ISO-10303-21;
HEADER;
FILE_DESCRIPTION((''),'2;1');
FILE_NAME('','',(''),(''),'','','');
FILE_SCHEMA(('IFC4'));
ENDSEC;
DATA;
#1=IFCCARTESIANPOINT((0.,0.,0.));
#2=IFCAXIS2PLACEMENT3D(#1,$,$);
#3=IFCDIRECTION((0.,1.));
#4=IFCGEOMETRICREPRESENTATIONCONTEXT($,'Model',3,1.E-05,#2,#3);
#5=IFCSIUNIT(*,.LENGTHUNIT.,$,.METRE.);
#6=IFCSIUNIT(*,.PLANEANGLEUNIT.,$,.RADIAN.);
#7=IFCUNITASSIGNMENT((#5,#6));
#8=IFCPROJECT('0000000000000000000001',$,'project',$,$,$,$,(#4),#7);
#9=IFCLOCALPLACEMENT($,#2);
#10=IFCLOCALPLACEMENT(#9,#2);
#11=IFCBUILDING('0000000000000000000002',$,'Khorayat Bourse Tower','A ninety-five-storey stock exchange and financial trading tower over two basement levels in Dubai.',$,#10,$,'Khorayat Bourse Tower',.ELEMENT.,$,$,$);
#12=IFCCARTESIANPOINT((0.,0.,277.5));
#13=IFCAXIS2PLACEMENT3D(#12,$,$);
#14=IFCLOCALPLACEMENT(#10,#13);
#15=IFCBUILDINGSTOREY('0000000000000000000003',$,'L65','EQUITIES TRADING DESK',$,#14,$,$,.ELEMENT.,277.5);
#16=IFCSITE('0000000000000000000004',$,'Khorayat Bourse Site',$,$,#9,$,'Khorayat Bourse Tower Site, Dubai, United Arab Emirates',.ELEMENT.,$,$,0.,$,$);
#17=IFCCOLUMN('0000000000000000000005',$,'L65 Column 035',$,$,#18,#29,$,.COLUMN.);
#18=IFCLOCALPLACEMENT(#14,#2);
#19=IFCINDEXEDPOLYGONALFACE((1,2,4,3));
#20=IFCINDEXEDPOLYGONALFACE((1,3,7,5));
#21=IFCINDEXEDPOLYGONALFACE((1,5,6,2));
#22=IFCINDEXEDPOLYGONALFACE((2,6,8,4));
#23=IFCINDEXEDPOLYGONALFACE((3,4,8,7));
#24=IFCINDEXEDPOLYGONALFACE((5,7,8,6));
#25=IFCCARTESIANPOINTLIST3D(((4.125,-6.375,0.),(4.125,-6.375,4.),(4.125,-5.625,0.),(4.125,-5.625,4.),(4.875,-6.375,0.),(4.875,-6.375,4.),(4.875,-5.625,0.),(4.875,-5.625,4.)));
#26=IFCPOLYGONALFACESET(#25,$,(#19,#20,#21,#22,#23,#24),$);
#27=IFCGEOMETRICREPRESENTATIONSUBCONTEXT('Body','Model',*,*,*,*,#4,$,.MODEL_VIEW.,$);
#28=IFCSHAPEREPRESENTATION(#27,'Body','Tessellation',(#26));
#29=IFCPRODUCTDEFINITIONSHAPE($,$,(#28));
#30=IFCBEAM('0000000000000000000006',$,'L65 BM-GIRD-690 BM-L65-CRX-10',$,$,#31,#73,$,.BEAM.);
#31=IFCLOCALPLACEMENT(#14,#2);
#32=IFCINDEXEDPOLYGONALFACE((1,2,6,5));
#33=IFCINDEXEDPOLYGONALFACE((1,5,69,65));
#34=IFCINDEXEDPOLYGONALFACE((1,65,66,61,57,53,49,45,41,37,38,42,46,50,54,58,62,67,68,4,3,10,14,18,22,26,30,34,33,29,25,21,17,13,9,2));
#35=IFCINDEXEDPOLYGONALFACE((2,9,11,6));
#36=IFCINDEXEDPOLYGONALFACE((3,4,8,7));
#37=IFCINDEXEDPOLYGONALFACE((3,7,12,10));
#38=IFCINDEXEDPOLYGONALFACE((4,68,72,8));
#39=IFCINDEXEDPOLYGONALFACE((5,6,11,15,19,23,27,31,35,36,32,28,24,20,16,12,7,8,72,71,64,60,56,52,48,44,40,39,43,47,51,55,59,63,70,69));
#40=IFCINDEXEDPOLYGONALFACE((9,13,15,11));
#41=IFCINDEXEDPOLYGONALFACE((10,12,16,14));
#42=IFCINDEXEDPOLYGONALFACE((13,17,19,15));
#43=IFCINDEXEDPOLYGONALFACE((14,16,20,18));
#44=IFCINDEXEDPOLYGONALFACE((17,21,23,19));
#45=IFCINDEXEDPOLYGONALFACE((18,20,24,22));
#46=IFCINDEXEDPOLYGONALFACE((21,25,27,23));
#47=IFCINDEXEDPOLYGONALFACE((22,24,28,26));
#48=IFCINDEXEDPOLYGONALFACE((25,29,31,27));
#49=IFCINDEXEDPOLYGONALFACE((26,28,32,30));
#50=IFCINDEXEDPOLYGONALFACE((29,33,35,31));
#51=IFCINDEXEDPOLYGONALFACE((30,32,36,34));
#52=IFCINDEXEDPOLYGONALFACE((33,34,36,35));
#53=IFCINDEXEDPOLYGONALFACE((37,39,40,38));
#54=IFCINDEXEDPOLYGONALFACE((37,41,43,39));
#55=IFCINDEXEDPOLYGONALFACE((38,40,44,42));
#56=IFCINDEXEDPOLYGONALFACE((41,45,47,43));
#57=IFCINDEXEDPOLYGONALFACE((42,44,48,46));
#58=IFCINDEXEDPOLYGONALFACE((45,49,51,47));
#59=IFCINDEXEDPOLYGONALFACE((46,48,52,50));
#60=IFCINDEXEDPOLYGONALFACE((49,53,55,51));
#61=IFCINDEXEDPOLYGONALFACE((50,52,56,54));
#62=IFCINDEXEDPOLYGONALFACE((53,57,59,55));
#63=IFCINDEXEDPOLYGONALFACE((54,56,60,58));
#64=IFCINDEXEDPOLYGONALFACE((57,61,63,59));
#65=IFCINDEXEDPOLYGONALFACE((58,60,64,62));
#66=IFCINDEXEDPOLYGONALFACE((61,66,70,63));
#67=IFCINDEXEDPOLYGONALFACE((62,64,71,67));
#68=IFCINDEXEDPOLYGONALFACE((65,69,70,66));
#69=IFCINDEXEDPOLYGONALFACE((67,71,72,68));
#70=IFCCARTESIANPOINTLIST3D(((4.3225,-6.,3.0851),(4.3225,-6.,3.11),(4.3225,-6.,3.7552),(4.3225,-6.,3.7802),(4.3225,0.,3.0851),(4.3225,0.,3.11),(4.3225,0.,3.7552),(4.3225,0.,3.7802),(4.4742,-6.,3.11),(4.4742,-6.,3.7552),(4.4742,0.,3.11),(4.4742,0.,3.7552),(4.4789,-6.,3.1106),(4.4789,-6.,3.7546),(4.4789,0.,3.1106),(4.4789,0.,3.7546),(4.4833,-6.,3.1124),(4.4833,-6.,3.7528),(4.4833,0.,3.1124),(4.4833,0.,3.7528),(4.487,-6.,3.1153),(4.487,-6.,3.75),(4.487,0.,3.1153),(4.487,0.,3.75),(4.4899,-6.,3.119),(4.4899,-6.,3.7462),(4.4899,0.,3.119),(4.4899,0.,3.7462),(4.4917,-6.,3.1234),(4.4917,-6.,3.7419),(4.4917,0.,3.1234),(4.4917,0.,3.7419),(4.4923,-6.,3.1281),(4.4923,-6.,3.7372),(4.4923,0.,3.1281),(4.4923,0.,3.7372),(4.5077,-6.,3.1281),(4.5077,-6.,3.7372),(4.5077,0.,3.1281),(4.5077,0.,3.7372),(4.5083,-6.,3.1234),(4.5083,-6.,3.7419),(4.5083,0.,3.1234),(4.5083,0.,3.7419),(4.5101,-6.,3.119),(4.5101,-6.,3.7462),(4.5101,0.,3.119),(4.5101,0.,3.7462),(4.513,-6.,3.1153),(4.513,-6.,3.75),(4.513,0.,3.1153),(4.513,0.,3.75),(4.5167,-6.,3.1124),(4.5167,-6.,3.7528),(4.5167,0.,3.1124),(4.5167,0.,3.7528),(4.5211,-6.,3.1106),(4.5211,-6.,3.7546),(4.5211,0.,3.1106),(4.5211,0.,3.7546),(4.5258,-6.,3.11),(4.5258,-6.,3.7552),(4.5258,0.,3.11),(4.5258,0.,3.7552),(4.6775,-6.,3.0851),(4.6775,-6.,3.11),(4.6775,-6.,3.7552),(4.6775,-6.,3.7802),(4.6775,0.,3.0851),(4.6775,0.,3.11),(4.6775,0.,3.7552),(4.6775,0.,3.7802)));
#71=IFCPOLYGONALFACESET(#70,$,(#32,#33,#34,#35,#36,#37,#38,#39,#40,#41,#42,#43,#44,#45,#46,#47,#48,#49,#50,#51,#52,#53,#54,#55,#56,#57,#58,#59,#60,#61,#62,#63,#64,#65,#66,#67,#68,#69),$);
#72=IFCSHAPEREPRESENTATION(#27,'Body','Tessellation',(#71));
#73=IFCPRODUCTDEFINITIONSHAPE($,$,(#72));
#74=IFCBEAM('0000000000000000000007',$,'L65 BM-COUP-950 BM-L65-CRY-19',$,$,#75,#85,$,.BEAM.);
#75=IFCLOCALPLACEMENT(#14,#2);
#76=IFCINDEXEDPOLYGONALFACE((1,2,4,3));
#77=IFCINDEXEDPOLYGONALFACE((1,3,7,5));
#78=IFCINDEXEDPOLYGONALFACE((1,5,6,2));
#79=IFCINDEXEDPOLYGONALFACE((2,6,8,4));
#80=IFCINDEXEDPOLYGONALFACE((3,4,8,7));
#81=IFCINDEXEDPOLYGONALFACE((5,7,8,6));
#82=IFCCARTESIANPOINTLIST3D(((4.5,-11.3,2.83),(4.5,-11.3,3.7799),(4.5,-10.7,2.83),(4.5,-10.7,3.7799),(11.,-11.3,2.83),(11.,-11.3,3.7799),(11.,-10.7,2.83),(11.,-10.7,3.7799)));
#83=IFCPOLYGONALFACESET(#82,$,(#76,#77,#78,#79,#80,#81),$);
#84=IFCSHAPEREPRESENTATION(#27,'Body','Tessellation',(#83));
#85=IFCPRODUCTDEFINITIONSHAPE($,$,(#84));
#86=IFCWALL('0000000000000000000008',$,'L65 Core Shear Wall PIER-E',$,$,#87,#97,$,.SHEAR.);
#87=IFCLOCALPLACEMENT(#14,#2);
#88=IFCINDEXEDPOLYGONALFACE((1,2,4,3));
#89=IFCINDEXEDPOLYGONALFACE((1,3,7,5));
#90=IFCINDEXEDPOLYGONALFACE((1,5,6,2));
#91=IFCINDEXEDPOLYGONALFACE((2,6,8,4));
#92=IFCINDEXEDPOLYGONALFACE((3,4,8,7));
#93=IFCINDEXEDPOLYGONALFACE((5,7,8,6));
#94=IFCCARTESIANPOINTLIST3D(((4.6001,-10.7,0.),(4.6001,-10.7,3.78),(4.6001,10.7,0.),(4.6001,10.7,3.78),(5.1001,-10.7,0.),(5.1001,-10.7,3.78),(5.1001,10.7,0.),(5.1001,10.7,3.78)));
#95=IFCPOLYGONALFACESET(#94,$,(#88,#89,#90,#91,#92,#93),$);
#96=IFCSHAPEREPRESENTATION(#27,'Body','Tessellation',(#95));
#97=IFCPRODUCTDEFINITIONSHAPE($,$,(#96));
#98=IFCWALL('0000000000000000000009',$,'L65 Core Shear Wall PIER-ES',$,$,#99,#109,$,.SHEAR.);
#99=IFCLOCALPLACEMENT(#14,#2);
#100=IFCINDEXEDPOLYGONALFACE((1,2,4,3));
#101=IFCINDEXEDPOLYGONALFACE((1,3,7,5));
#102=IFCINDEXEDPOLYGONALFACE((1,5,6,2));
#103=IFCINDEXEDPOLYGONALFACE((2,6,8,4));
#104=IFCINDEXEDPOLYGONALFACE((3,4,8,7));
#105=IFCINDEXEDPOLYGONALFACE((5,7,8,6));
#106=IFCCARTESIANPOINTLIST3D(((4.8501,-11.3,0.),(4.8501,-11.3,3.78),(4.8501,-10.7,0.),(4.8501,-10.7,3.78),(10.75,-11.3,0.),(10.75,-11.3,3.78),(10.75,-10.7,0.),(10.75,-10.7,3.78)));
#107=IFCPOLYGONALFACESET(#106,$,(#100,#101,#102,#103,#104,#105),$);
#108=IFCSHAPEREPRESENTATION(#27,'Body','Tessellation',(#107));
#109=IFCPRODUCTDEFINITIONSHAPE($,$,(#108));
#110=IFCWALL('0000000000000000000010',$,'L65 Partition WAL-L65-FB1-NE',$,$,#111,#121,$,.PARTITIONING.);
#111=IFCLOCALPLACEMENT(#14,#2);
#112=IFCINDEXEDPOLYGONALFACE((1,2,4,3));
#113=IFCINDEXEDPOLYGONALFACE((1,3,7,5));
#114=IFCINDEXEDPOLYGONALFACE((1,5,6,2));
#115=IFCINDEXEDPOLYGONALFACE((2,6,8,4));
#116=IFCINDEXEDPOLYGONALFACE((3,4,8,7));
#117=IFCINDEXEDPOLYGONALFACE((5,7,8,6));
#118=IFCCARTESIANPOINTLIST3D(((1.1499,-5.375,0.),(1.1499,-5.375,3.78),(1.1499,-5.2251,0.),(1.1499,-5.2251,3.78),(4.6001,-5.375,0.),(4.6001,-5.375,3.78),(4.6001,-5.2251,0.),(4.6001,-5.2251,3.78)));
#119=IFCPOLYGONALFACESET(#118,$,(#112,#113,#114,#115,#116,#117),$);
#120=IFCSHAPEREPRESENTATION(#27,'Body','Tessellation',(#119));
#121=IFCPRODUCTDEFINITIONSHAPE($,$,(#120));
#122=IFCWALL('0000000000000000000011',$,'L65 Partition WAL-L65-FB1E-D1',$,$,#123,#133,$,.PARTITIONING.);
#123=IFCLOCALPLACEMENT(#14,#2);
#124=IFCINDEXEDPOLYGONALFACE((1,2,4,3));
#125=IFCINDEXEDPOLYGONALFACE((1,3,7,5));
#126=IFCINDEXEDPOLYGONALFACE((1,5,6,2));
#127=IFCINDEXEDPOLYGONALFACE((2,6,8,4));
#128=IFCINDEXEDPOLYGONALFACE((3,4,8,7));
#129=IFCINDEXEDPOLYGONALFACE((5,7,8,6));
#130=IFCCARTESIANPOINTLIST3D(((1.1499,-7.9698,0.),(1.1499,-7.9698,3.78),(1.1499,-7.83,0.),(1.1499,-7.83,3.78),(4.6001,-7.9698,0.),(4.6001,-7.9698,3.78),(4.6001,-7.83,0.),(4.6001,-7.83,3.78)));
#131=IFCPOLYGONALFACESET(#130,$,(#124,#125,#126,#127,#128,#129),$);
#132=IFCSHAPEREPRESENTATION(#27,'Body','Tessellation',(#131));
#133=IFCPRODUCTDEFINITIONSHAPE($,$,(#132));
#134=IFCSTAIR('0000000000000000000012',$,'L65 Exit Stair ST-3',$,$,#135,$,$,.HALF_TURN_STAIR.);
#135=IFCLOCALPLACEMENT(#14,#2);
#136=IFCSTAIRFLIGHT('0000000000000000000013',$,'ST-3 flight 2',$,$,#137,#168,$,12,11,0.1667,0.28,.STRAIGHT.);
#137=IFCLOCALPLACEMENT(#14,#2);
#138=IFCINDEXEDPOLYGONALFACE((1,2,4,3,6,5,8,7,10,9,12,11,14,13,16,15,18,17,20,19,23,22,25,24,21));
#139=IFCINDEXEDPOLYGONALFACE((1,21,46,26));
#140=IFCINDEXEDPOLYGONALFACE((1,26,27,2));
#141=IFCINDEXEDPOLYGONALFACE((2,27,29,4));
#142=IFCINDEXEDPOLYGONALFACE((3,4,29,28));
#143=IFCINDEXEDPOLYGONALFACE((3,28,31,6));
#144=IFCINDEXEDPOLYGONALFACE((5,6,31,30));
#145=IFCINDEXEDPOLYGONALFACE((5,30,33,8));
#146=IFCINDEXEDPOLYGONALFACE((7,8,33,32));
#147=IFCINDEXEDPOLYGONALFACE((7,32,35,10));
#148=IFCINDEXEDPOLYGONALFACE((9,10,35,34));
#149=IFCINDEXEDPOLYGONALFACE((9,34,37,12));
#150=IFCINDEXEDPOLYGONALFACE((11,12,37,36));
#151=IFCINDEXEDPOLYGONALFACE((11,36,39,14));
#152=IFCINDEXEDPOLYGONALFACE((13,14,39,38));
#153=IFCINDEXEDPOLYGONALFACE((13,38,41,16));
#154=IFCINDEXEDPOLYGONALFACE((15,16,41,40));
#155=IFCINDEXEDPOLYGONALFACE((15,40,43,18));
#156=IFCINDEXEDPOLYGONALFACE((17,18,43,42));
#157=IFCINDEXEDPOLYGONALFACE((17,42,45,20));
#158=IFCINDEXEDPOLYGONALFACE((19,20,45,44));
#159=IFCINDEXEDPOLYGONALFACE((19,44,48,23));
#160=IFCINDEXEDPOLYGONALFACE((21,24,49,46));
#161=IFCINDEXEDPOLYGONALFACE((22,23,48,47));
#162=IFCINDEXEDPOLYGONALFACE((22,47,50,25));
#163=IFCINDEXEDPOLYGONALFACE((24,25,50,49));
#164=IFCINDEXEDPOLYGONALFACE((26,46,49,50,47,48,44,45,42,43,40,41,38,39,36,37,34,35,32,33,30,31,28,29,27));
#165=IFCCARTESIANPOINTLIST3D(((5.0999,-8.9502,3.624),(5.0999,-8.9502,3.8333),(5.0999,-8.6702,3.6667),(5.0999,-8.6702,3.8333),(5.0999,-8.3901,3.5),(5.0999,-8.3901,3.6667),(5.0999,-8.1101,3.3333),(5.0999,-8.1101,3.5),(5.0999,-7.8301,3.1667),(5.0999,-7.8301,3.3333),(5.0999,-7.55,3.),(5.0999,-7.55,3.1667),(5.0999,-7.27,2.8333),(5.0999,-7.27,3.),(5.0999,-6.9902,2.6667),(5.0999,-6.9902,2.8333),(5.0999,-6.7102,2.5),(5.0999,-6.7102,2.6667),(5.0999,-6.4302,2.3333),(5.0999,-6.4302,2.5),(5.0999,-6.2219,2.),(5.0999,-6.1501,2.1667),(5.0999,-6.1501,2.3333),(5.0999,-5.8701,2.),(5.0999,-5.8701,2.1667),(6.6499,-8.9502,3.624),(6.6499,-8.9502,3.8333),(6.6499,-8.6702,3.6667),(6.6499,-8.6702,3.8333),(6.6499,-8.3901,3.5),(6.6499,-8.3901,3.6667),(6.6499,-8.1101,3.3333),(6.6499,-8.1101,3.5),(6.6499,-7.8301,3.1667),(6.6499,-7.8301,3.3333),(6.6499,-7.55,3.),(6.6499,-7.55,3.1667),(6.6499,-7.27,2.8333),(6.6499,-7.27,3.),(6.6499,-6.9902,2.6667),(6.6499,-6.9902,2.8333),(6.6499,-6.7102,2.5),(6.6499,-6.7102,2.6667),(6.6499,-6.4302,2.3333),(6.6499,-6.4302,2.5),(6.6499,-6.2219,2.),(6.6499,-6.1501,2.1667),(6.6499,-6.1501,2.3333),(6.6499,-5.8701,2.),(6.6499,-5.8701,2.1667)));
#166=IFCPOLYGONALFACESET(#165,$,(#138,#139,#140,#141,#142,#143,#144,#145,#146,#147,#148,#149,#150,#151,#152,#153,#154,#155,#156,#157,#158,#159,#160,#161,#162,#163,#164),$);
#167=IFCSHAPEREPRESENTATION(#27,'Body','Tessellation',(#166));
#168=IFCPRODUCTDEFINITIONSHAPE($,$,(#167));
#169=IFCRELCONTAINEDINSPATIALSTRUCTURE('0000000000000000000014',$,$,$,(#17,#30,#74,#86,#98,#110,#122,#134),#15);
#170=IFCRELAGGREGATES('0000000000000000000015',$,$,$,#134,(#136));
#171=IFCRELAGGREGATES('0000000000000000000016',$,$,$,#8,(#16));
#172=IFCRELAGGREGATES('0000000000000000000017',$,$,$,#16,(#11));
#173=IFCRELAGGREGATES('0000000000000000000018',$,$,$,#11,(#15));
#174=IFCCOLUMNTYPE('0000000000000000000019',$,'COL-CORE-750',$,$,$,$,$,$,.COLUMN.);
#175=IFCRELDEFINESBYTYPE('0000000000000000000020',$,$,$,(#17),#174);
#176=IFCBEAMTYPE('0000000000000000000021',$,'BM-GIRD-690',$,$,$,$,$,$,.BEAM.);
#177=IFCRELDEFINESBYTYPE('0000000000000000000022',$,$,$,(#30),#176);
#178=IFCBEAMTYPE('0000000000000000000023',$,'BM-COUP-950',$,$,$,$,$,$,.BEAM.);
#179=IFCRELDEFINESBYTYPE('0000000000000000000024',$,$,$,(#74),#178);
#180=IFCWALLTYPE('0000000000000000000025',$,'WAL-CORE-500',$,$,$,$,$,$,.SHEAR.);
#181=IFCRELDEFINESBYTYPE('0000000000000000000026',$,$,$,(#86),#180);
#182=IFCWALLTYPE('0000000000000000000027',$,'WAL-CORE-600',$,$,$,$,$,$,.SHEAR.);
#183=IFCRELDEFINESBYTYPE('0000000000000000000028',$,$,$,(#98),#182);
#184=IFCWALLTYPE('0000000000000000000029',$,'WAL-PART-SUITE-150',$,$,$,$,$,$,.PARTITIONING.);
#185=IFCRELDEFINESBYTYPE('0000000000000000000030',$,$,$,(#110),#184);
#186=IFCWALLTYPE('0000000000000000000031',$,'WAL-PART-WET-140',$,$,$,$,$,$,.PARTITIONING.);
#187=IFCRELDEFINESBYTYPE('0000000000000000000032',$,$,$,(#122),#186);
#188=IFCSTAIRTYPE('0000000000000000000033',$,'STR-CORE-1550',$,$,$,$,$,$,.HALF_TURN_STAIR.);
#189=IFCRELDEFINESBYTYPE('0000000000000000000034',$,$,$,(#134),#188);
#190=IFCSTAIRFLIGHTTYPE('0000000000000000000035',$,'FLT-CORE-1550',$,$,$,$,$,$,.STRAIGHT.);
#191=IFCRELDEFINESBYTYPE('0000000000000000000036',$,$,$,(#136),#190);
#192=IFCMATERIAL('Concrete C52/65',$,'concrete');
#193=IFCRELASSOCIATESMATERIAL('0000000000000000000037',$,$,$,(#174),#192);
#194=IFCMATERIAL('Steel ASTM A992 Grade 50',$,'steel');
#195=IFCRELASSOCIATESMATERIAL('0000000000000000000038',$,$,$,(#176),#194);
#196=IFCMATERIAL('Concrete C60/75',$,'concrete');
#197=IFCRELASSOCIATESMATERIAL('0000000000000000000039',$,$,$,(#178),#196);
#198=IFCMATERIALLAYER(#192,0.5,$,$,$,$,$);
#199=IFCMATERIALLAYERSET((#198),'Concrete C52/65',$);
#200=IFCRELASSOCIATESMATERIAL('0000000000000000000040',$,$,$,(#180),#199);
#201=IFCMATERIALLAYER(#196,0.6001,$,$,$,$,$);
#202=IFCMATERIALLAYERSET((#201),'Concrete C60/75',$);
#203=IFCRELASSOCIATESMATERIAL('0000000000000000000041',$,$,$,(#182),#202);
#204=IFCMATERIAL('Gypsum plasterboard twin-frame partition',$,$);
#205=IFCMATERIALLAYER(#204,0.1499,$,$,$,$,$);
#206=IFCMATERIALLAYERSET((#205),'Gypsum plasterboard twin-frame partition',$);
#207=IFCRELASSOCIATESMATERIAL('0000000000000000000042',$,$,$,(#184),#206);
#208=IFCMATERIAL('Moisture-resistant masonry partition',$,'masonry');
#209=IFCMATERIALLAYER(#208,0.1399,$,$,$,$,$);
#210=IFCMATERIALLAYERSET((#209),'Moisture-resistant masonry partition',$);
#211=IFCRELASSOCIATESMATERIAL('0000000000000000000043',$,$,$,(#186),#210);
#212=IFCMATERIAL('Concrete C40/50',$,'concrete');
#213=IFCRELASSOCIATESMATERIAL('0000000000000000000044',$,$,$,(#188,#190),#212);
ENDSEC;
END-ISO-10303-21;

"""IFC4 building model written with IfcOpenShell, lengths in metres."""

from ifc_helpers import new_model, si_unit, direction, frame, frame_2d, origin, origin_2d, place, context, subcontext, project, spatial, polyline, rectangle, i_section, outline, extrude, source, transform, mapped, material, layer, layer_set, material_profile, profile_set, type_object, element, aggregate, save


model = new_model("IFC4")

# Units and contexts
model_context = context("Model", 3, precision=1e-05, world=origin(), true_north=direction((0.0, 1.0)))
body_context = subcontext(model_context, "Body", "Model", "MODEL_VIEW")
ifc_project = project(units=[si_unit("LENGTHUNIT", "METRE"), si_unit("PLANEANGLEUNIT", "RADIAN")], contexts=[model_context])

# Site, building, storey
site_placement = place(None, origin())
site = spatial("IfcSite", under=ifc_project, at=site_placement, Name="Khorayat Bourse Site", LongName="Khorayat Bourse Tower Site, Dubai, United Arab Emirates", CompositionType="ELEMENT", RefElevation=0.0)
building_placement = place(site_placement, origin())
building = spatial("IfcBuilding", under=site, at=building_placement, Name="Khorayat Bourse Tower", Description="A ninety-five-storey stock exchange and financial trading tower over two basement levels in Dubai.", LongName="Khorayat Bourse Tower", CompositionType="ELEMENT")
storey_placement = place(building_placement, frame((0.0, 0.0, 277.5)))
storey = spatial("IfcBuildingStorey", under=building, at=storey_placement, Name="L65", Description="EQUITIES TRADING DESK", CompositionType="ELEMENT", Elevation=277.5)

# Column
ifc_material_1 = material(Name="Concrete C52/65", Category="concrete")
ifc_material_profile_1 = material_profile(ifc_material_1, rectangle(XDim=0.75, YDim=0.75, at=origin_2d()), Name="RC 750x750")
ifc_profile_set_1 = profile_set([ifc_material_profile_1], Name="Concrete C52/65")
column_type = type_object("IfcColumnType", Name="COL-CORE-750", PredefinedType="COLUMN", material=ifc_profile_set_1)
shared_shape_1 = source(origin(), body_context, "Body", "SweptSolid", [
    extrude(rectangle(XDim=0.75, YDim=0.75, at=origin_2d()), origin(), (0.0, 0.0, 1.0), 4.0),
])
column_placement = place(storey_placement, frame((4.5, -6.0, 0.0), z_axis=(0.0, 0.0, 1.0), x_axis=(1.0, 0.0, 0.0)))
element("IfcColumn", 1, at=column_placement, inside=storey, type_object=column_type, Name="L65 Column 035", PredefinedType="COLUMN", context=body_context, shape_type="MappedRepresentation", body=[
    mapped(shared_shape_1, transform((0.0, 0.0, 0.0), scale=1.0)),
])

# Beams
ifc_material_2 = material(Name="Steel ASTM A992 Grade 50", Category="steel")
ifc_material_profile_2 = material_profile(ifc_material_2, i_section(OverallWidth=0.355, OverallDepth=0.6951, WebThickness=0.0154, FlangeThickness=0.0249, FilletRadius=0.0181, at=origin_2d()), Name="W690X217")
ifc_profile_set_2 = profile_set([ifc_material_profile_2], Name="Steel ASTM A992 Grade 50")
beam_type_1 = type_object("IfcBeamType", Name="BM-GIRD-690", PredefinedType="BEAM", material=ifc_profile_set_2)
shared_shape_2 = source(origin(), body_context, "Body", "SweptSolid", [
    extrude(i_section(OverallWidth=0.355, OverallDepth=0.6951, WebThickness=0.0154, FlangeThickness=0.0249, FilletRadius=0.0181, at=origin_2d()), origin(), (0.0, 0.0, 1.0), 6.0),
])
beam_1_placement = place(storey_placement, frame((4.5, -6.0, 3.4326), z_axis=(0.0, 1.0, 0.0), x_axis=(-1.0, 0.0, 0.0)))
element("IfcBeam", 2, at=beam_1_placement, inside=storey, type_object=beam_type_1, Name="L65 BM-GIRD-690 BM-L65-CRX-10", PredefinedType="BEAM", context=body_context, shape_type="MappedRepresentation", body=[
    mapped(shared_shape_2, transform((0.0, 0.0, 0.0), scale=1.0)),
])
ifc_material_3 = material(Name="Concrete C60/75", Category="concrete")
ifc_material_profile_3 = material_profile(ifc_material_3, rectangle(XDim=0.6001, YDim=0.95, at=origin_2d()), Name="RC 600x950")
ifc_profile_set_3 = profile_set([ifc_material_profile_3], Name="Concrete C60/75")
beam_type_2 = type_object("IfcBeamType", Name="BM-COUP-950", PredefinedType="BEAM", material=ifc_profile_set_3)
shared_shape_3 = source(origin(), body_context, "Body", "SweptSolid", [
    extrude(rectangle(XDim=0.6001, YDim=0.95, at=origin_2d()), origin(), (0.0, 0.0, 1.0), 6.5),
])
beam_2_placement = place(storey_placement, frame((4.5, -11.0, 3.3049), z_axis=(1.0, 0.0, 0.0), x_axis=(0.0, 1.0, 0.0)))
element("IfcBeam", 3, at=beam_2_placement, inside=storey, type_object=beam_type_2, Name="L65 BM-COUP-950 BM-L65-CRY-19", PredefinedType="BEAM", context=body_context, shape_type="MappedRepresentation", body=[
    mapped(shared_shape_3, transform((0.0, 0.0, 0.0), scale=1.0)),
])

# Walls
ifc_layer_1 = layer(ifc_material_1, 0.5)
ifc_layer_set_1 = layer_set([ifc_layer_1], Name="Concrete C52/65")
wall_type_1 = type_object("IfcWallType", Name="WAL-CORE-500", PredefinedType="SHEAR", material=ifc_layer_set_1)
shared_shape_4 = source(origin(), body_context, "Body", "SweptSolid", [
    extrude(rectangle(XDim=21.3999, YDim=0.5, at=frame_2d((10.7, 0.0))), origin(), (0.0, 0.0, 1.0), 3.78),
])
wall_1_placement = place(storey_placement, frame((4.8501, -10.7, 0.0), z_axis=(0.0, 0.0, 1.0), x_axis=(0.0, 1.0, 0.0)))
element("IfcWall", 4, at=wall_1_placement, inside=storey, type_object=wall_type_1, Name="L65 Core Shear Wall PIER-E", PredefinedType="SHEAR", context=body_context, shape_type="MappedRepresentation", body=[
    mapped(shared_shape_4, transform((0.0, 0.0, 0.0), scale=1.0)),
])
ifc_layer_2 = layer(ifc_material_3, 0.6001)
ifc_layer_set_2 = layer_set([ifc_layer_2], Name="Concrete C60/75")
wall_type_2 = type_object("IfcWallType", Name="WAL-CORE-600", PredefinedType="SHEAR", material=ifc_layer_set_2)
shared_shape_5 = source(origin(), body_context, "Body", "SweptSolid", [
    extrude(rectangle(XDim=5.8999, YDim=0.6001, at=frame_2d((2.95, 0.0))), origin(), (0.0, 0.0, 1.0), 3.78),
])
wall_2_placement = place(storey_placement, frame((4.8501, -11.0, 0.0), z_axis=(0.0, 0.0, 1.0), x_axis=(1.0, 0.0, 0.0)))
element("IfcWall", 5, at=wall_2_placement, inside=storey, type_object=wall_type_2, Name="L65 Core Shear Wall PIER-ES", PredefinedType="SHEAR", context=body_context, shape_type="MappedRepresentation", body=[
    mapped(shared_shape_5, transform((0.0, 0.0, 0.0), scale=1.0)),
])
ifc_material_4 = material(Name="Gypsum plasterboard twin-frame partition")
ifc_layer_3 = layer(ifc_material_4, 0.1499)
ifc_layer_set_3 = layer_set([ifc_layer_3], Name="Gypsum plasterboard twin-frame partition")
wall_type_3 = type_object("IfcWallType", Name="WAL-PART-SUITE-150", PredefinedType="PARTITIONING", material=ifc_layer_set_3)
shared_shape_6 = source(origin(), body_context, "Body", "SweptSolid", [
    extrude(rectangle(XDim=3.4502, YDim=0.1499, at=frame_2d((1.7251, 0.0))), origin(), (0.0, 0.0, 1.0), 3.78),
])
wall_3_placement = place(storey_placement, frame((1.1499, -5.3, 0.0), z_axis=(0.0, 0.0, 1.0), x_axis=(1.0, 0.0, 0.0)))
element("IfcWall", 6, at=wall_3_placement, inside=storey, type_object=wall_type_3, Name="L65 Partition WAL-L65-FB1-NE", PredefinedType="PARTITIONING", context=body_context, shape_type="MappedRepresentation", body=[
    mapped(shared_shape_6, transform((0.0, 0.0, 0.0), scale=1.0)),
])

# Wall
ifc_material_5 = material(Name="Moisture-resistant masonry partition", Category="masonry")
ifc_layer_4 = layer(ifc_material_5, 0.1399)
ifc_layer_set_4 = layer_set([ifc_layer_4], Name="Moisture-resistant masonry partition")
wall_type_4 = type_object("IfcWallType", Name="WAL-PART-WET-140", PredefinedType="PARTITIONING", material=ifc_layer_set_4)
shared_shape_7 = source(origin(), body_context, "Body", "SweptSolid", [
    extrude(rectangle(XDim=3.4502, YDim=0.1399, at=frame_2d((1.7251, 0.0))), origin(), (0.0, 0.0, 1.0), 3.78),
])
wall_4_placement = place(storey_placement, frame((1.1499, -7.8999, 0.0), z_axis=(0.0, 0.0, 1.0), x_axis=(1.0, 0.0, 0.0)))
element("IfcWall", 7, at=wall_4_placement, inside=storey, type_object=wall_type_4, Name="L65 Partition WAL-L65-FB1E-D1", PredefinedType="PARTITIONING", context=body_context, shape_type="MappedRepresentation", body=[
    mapped(shared_shape_7, transform((0.0, 0.0, 0.0), scale=1.0)),
])

# Stair, stair flight
ifc_material_6 = material(Name="Concrete C40/50", Category="concrete")
stair_type = type_object("IfcStairType", Name="STR-CORE-1550", PredefinedType="HALF_TURN_STAIR", material=ifc_material_6)
stair_placement = place(storey_placement, origin())
stair = element("IfcStair", 8, at=stair_placement, inside=storey, type_object=stair_type, Name="L65 Exit Stair ST-3", PredefinedType="HALF_TURN_STAIR")
stair_flight_type = type_object("IfcStairFlightType", Name="FLT-CORE-1550", PredefinedType="STRAIGHT", material=ifc_material_6)
shared_shape_8 = source(origin(), body_context, "Body", "SweptSolid", [
    extrude(outline(polyline([(0.0, 0.0), (0.0, 0.1667), (0.28, 0.1667), (0.28, 0.3333), (0.5601, 0.3333), (0.5601, 0.5), (0.8401, 0.5), (0.8401, 0.6667), (1.1201, 0.6667), (1.1201, 0.8333), (1.3999, 0.8333), (1.3999, 1.0), (1.6799, 1.0), (1.6799, 1.1667), (1.96, 1.1667), (1.96, 1.3333), (2.24, 1.3333), (2.24, 1.5), (2.52, 1.5), (2.52, 1.6667), (2.8, 1.6667), (2.8, 1.8333), (3.0801, 1.8333), (3.0801, 2.0), (3.0801, 1.624), (0.3518, 0.0), (0.0, 0.0)])), frame((0.0, 0.7749, 0.0), z_axis=(0.0, -1.0, 0.0), x_axis=(1.0, 0.0, 0.0)), (0.0, 0.0, 1.0), 1.55),
])
stair_flight_placement = place(storey_placement, frame((5.875, -5.8701, 2.0), z_axis=(0.0, 0.0, 1.0), x_axis=(0.0, -1.0, 0.0)))
stair_flight = element("IfcStairFlight", 9, at=stair_flight_placement, type_object=stair_flight_type, Name="ST-3 flight 2", NumberOfRisers=12, NumberOfTreads=11, PredefinedType="STRAIGHT", RiserHeight=0.1667, TreadLength=0.28, context=body_context, shape_type="MappedRepresentation", body=[
    mapped(shared_shape_8, transform((0.0, 0.0, 0.0), scale=1.0)),
])
aggregate(stair, [stair_flight])

save(model, "model.ifc")
